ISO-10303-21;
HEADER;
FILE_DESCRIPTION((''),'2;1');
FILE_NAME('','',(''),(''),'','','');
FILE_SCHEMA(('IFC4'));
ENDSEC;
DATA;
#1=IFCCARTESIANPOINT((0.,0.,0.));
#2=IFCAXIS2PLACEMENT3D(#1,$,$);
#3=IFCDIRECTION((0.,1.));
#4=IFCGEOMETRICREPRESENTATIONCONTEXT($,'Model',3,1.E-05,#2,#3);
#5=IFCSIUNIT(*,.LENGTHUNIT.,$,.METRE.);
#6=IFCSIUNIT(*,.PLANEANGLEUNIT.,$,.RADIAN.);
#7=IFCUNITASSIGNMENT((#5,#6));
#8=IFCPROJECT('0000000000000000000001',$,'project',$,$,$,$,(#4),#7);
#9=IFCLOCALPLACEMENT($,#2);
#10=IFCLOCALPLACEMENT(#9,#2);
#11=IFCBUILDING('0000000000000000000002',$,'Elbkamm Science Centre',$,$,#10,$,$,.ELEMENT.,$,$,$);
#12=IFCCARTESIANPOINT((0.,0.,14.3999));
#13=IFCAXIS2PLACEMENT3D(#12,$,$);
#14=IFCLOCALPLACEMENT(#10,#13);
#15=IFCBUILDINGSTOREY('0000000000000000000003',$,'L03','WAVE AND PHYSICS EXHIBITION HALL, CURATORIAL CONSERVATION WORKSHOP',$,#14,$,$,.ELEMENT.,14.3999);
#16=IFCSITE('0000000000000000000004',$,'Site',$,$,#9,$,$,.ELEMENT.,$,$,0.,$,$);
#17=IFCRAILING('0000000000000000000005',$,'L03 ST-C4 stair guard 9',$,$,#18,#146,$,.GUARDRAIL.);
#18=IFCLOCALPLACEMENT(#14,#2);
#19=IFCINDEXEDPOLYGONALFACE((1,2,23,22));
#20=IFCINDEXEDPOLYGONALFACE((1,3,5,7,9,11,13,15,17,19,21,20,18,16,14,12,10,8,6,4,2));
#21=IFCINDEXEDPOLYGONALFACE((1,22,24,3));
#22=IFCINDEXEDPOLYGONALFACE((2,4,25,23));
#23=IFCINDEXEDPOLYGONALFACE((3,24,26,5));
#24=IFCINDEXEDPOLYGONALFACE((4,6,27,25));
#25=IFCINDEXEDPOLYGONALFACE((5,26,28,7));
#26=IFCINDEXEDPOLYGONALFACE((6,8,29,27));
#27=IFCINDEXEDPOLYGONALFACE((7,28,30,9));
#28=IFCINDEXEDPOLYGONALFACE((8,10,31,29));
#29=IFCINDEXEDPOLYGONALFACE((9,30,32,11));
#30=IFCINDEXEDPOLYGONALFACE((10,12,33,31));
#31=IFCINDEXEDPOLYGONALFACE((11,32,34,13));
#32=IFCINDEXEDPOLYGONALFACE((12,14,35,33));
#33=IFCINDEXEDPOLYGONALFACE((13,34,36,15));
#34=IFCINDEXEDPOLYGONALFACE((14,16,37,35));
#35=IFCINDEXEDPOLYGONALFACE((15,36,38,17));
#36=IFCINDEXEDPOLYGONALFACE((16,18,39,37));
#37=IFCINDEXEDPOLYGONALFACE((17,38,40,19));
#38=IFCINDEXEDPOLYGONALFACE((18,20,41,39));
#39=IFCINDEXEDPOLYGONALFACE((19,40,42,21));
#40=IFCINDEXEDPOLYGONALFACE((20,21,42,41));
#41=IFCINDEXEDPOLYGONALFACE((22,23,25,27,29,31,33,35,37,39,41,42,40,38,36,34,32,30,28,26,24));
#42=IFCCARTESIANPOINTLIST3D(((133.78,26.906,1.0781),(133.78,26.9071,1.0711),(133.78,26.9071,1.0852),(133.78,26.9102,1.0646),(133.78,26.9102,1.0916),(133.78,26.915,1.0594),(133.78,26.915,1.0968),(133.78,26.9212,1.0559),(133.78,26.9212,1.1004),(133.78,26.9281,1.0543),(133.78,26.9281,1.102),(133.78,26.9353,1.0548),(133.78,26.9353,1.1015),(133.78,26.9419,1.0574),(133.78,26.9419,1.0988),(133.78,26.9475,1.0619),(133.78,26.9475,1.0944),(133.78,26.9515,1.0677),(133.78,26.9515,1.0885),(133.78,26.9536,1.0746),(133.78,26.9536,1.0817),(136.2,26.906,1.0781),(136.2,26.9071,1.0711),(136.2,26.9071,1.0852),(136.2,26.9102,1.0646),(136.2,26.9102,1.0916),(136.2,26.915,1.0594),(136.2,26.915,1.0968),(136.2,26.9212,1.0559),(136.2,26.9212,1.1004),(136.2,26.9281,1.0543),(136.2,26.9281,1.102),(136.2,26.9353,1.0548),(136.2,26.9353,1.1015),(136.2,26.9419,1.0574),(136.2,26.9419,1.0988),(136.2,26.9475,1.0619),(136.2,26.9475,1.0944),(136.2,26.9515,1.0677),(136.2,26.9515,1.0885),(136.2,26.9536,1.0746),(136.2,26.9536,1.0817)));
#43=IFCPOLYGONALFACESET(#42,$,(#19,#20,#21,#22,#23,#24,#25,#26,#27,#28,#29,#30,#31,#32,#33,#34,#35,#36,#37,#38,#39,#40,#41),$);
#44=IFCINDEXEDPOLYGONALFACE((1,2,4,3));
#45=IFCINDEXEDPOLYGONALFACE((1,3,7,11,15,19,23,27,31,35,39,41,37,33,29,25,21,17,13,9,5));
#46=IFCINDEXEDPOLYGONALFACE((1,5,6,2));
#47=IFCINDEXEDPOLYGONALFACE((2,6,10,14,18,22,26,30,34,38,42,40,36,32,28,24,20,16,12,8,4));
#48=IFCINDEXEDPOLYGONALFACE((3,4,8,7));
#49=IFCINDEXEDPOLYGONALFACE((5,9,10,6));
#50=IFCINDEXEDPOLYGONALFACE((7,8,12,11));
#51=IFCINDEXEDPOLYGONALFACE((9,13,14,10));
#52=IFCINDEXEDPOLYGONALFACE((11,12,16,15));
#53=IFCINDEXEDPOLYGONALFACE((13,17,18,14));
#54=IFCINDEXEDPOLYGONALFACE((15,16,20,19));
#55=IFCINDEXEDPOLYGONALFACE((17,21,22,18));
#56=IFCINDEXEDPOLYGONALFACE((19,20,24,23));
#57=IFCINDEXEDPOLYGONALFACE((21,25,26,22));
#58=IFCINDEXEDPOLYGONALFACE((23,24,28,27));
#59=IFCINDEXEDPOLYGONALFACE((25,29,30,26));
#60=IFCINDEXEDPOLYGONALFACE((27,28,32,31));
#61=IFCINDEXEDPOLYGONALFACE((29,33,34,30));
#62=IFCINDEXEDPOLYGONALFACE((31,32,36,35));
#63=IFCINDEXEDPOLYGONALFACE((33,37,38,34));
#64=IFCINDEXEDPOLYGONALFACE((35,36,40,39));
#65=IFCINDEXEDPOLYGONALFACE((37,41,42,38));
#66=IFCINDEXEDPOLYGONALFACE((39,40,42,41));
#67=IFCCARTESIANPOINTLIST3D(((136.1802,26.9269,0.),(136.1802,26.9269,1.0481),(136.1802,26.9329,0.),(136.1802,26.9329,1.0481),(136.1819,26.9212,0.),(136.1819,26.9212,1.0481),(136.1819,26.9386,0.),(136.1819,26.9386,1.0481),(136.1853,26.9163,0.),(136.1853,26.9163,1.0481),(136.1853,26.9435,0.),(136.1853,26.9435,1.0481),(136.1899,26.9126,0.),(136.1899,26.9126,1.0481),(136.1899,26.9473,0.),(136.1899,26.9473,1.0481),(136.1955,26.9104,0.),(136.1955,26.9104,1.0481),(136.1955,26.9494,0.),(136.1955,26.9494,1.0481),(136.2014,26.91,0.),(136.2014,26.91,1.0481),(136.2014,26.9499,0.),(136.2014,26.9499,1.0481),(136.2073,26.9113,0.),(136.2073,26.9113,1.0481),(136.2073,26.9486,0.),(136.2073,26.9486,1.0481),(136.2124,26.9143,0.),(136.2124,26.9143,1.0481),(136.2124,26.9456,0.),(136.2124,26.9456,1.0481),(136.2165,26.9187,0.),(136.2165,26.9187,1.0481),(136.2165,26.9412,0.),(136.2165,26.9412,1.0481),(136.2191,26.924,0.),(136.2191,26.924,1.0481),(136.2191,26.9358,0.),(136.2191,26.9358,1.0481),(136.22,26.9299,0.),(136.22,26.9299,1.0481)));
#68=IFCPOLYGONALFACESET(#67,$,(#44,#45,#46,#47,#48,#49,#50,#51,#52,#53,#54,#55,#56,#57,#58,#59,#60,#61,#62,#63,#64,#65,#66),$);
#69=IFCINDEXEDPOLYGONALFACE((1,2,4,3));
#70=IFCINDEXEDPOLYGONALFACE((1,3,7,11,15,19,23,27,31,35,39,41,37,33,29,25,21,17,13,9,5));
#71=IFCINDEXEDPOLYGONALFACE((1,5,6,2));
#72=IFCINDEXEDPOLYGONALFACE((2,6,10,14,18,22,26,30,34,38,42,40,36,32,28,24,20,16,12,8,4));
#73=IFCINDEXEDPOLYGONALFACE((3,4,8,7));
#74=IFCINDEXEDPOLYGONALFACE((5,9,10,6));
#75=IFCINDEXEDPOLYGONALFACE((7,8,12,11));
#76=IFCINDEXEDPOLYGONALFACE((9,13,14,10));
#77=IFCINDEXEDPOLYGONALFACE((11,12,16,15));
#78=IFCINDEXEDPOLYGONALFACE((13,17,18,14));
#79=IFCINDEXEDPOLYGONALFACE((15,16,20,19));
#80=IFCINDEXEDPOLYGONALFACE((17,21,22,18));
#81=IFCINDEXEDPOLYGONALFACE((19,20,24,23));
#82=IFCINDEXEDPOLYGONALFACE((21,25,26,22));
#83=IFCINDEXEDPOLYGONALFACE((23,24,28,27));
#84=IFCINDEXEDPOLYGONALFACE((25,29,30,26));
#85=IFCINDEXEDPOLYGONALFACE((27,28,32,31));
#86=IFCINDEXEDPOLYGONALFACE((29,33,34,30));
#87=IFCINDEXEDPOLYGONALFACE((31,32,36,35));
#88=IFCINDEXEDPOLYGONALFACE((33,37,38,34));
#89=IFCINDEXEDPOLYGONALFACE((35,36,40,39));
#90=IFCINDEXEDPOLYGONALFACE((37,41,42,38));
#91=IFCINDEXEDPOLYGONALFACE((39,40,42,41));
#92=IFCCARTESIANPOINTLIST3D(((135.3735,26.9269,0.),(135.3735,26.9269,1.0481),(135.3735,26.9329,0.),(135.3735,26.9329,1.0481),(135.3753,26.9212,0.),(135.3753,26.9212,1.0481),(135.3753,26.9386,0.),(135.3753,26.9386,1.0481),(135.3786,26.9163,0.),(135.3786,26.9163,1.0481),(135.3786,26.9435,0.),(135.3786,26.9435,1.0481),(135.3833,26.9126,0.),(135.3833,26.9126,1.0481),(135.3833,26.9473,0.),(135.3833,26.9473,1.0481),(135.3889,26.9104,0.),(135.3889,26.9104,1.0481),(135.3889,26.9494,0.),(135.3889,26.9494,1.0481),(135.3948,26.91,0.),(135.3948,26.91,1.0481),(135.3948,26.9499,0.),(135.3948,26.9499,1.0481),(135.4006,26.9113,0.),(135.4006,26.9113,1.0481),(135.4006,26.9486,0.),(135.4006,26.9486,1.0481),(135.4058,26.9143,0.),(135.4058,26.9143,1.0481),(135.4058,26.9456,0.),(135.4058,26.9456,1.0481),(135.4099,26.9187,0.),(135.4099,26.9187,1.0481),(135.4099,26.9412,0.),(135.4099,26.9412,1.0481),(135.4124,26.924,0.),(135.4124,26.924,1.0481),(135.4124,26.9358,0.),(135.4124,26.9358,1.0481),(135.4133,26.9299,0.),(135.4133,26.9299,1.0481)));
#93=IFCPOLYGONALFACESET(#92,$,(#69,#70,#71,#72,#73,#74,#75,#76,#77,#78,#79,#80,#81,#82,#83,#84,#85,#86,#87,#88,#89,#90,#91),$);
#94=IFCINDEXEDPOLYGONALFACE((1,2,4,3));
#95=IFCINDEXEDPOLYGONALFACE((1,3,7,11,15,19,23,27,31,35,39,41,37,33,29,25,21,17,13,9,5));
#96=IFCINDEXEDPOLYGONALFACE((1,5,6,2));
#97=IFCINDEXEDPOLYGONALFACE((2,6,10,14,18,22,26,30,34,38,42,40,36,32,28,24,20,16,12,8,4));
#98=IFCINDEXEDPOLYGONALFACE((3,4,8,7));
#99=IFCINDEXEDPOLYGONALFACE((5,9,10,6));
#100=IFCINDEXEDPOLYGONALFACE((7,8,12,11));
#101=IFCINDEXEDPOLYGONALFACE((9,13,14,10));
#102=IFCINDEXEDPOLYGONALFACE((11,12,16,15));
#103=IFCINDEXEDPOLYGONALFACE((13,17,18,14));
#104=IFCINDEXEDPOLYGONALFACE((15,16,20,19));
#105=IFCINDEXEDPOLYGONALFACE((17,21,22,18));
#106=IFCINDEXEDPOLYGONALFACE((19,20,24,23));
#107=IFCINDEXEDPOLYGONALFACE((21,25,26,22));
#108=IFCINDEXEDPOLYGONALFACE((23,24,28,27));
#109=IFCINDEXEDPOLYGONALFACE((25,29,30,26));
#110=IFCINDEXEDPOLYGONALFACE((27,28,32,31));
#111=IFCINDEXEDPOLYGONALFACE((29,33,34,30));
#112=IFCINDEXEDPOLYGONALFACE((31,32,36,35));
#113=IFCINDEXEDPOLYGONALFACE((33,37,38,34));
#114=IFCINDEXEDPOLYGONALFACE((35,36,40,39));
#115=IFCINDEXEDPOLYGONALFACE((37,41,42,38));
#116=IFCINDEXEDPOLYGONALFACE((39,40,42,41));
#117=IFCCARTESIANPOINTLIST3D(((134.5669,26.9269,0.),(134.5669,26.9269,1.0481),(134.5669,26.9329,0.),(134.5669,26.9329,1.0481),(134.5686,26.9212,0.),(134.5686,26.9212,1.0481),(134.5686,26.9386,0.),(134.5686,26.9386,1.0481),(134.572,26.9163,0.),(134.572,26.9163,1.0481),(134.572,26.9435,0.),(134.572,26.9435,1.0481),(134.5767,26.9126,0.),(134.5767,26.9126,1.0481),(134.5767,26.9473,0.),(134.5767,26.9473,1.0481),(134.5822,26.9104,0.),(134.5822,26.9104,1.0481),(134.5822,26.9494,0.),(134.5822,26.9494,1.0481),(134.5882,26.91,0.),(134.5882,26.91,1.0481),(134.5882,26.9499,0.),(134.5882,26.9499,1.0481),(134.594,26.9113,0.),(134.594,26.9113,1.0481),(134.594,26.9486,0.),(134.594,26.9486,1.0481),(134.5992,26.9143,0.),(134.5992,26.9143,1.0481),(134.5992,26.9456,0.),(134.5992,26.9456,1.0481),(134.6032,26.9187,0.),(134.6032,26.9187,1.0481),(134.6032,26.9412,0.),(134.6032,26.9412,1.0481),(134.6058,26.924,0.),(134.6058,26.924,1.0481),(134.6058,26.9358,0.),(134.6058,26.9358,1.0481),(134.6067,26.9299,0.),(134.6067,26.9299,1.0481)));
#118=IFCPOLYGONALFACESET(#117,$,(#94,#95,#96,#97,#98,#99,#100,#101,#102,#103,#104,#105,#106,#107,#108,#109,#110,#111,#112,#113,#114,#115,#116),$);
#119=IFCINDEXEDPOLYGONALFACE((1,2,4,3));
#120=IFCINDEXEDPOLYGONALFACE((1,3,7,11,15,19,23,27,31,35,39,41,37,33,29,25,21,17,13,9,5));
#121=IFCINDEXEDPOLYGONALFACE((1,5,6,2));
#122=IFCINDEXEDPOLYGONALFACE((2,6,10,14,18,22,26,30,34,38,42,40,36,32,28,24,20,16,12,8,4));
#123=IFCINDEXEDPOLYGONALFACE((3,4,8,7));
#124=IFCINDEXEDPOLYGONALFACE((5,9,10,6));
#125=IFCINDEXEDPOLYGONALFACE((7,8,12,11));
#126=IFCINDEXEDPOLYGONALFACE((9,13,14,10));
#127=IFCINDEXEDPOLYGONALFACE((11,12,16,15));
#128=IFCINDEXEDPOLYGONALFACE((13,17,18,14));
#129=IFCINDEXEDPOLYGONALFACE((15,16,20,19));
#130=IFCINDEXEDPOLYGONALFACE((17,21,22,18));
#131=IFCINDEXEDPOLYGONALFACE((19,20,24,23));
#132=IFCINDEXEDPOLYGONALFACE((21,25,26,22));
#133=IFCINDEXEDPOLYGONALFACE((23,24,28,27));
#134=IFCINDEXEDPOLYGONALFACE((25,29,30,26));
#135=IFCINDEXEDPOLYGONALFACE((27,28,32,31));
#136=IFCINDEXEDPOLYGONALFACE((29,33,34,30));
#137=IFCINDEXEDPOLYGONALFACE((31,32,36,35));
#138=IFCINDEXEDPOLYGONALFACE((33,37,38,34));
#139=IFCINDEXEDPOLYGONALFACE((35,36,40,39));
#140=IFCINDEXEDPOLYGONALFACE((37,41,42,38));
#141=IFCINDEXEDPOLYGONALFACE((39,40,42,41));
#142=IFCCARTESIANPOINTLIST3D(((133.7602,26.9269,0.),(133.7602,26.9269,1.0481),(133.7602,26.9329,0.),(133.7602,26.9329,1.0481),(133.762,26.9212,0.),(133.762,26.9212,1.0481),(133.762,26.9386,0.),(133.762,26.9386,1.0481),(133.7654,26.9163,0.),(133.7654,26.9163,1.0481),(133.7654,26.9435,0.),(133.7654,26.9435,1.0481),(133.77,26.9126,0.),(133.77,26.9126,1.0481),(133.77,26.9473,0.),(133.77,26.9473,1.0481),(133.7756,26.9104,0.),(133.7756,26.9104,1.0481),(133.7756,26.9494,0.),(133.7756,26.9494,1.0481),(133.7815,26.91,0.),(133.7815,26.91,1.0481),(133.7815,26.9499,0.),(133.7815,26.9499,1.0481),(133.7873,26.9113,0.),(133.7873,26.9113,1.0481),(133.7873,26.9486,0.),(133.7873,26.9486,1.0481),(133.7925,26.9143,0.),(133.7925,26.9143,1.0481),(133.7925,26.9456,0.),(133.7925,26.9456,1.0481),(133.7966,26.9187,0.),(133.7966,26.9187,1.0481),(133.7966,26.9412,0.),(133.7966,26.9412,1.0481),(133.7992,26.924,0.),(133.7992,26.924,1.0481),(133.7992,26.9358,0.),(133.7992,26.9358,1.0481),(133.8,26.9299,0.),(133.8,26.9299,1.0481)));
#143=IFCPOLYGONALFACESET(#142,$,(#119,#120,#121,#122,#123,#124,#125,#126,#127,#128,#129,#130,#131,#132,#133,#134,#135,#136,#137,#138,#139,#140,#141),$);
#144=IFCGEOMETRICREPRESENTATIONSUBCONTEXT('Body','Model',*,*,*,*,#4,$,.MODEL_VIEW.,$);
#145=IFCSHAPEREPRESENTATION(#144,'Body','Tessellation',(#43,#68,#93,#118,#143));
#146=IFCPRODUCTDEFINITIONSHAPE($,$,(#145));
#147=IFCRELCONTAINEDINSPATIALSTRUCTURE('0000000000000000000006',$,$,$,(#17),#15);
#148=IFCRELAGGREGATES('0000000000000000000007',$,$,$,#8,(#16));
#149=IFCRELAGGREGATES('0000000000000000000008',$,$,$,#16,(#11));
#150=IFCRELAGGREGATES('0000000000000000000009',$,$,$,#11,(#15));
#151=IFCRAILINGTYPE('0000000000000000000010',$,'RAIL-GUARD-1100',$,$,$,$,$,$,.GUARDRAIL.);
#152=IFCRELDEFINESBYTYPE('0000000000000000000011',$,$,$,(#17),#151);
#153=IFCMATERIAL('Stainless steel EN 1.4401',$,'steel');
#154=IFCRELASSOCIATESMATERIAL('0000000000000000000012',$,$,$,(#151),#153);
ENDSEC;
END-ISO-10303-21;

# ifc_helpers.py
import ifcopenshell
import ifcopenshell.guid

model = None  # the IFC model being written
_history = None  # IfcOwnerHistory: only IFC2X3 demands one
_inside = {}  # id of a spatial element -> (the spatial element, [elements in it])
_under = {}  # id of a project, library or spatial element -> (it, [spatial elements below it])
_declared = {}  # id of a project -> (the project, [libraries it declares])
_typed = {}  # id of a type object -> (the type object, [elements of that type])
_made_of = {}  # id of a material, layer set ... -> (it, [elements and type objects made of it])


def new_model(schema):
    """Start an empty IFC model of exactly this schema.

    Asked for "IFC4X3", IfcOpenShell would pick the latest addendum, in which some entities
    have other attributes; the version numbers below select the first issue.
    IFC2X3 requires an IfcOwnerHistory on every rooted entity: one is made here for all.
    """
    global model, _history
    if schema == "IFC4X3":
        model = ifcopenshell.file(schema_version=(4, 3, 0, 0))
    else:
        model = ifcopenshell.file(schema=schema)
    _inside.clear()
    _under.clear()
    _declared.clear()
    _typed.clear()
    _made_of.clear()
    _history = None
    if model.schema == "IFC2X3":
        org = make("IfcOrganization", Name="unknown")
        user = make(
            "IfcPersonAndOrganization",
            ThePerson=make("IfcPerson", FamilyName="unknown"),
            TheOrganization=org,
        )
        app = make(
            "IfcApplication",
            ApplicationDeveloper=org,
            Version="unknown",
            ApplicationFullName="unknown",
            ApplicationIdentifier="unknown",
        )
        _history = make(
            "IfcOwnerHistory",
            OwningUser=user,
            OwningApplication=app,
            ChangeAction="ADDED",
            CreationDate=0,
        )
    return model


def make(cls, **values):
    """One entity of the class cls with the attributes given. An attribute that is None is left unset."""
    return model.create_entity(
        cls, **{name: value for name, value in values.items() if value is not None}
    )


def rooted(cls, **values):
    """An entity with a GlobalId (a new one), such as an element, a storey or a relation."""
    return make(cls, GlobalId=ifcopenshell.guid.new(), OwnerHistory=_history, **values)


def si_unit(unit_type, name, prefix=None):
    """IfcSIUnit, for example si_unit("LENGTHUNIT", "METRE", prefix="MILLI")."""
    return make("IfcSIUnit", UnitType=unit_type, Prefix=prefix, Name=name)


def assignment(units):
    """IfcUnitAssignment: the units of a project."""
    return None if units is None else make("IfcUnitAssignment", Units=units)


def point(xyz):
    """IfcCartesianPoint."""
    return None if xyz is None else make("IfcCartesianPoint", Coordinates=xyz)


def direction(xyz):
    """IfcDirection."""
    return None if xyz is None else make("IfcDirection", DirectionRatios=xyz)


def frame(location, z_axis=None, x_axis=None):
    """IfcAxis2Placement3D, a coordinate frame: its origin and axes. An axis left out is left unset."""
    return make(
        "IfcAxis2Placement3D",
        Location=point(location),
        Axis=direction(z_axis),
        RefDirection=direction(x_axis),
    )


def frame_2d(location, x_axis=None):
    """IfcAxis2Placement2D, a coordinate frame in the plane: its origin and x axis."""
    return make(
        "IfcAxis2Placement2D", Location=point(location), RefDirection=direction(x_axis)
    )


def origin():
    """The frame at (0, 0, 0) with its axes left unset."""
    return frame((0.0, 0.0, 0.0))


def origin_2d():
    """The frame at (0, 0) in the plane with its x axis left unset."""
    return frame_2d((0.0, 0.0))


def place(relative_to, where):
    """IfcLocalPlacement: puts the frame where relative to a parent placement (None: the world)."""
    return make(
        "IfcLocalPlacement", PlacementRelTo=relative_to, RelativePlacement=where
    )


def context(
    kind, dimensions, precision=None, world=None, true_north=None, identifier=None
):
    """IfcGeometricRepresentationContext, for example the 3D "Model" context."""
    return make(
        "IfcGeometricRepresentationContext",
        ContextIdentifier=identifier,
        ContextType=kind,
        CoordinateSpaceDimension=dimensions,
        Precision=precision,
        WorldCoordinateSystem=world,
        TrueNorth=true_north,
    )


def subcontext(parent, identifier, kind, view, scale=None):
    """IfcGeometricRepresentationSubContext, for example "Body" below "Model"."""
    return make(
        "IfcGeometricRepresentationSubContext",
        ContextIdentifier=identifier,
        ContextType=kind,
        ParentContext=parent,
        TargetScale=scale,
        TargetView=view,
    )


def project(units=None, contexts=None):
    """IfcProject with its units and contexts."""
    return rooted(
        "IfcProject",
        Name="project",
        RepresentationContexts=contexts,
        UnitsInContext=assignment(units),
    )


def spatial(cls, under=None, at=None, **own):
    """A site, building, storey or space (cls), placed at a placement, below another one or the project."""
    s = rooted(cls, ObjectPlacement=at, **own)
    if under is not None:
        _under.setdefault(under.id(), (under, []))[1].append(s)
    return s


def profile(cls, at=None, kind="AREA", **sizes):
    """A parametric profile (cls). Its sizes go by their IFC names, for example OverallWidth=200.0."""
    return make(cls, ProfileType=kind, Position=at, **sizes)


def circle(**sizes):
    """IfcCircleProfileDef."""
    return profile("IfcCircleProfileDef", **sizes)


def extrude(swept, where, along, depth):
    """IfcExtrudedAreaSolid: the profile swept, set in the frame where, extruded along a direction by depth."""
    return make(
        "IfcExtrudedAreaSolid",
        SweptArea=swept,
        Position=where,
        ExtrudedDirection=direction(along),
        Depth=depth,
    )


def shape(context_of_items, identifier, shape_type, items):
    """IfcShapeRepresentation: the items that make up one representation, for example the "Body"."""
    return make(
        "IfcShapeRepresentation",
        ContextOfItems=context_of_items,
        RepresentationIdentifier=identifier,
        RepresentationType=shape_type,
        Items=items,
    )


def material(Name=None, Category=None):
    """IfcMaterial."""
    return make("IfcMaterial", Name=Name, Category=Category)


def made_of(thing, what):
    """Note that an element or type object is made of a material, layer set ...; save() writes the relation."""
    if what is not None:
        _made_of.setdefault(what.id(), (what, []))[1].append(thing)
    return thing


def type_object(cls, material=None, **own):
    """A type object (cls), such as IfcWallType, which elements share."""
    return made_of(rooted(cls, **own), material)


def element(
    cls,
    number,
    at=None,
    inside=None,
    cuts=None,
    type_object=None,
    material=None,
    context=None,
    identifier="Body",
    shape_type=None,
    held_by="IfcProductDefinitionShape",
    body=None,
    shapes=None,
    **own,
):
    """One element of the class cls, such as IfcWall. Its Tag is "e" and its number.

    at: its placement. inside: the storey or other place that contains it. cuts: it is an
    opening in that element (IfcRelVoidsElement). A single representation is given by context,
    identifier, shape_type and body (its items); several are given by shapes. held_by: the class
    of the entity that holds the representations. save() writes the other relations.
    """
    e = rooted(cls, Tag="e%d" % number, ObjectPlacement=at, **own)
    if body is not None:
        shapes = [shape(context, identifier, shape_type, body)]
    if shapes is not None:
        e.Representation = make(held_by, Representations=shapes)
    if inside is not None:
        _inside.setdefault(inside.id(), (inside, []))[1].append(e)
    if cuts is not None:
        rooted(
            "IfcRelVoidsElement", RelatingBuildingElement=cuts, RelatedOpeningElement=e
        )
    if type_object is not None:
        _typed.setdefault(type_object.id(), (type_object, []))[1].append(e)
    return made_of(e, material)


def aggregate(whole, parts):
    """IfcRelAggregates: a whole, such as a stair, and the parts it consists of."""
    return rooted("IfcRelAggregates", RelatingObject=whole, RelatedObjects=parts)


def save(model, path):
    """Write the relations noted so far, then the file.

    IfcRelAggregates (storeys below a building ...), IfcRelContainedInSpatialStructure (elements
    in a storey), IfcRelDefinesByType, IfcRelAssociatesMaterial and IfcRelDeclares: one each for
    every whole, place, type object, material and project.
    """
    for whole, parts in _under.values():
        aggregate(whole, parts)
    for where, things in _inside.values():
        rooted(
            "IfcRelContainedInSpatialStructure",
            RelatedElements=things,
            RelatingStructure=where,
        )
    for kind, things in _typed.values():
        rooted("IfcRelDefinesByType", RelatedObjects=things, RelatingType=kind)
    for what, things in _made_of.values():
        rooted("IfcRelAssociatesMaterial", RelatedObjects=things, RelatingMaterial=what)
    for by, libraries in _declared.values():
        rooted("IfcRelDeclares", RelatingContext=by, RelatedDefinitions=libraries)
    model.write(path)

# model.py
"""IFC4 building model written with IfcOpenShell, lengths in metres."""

from ifc_helpers import new_model, si_unit, direction, frame, origin, origin_2d, place, context, subcontext, project, spatial, circle, extrude, material, type_object, element, save


model = new_model("IFC4")

# Units and contexts
model_context = context("Model", 3, precision=1e-05, world=origin(), true_north=direction((0.0, 1.0)))
body_context = subcontext(model_context, "Body", "Model", "MODEL_VIEW")
ifc_project = project(units=[si_unit("LENGTHUNIT", "METRE"), si_unit("PLANEANGLEUNIT", "RADIAN")], contexts=[model_context])

# Site, building, storey
site_placement = place(None, origin())
site = spatial("IfcSite", under=ifc_project, at=site_placement, Name="Site", CompositionType="ELEMENT", RefElevation=0.0)
building_placement = place(site_placement, origin())
building = spatial("IfcBuilding", under=site, at=building_placement, Name="Elbkamm Science Centre", CompositionType="ELEMENT")
storey_placement = place(building_placement, frame((0.0, 0.0, 14.3999)))
storey = spatial("IfcBuildingStorey", under=building, at=storey_placement, Name="L03", Description="WAVE AND PHYSICS EXHIBITION HALL, CURATORIAL CONSERVATION WORKSHOP", CompositionType="ELEMENT", Elevation=14.3999)

# Railing
ifc_material_1 = material(Name="Stainless steel EN 1.4401", Category="steel")
railing_type = type_object("IfcRailingType", Name="RAIL-GUARD-1100", PredefinedType="GUARDRAIL", material=ifc_material_1)
for number, where, name in (
    (1, (136.2, 26.9299, 0.0), "L03 ST-C4 stair guard 9"),
):
    element("IfcRailing", number, at=place(storey_placement, frame(where)), inside=storey, type_object=railing_type, Name=name, PredefinedType="GUARDRAIL", context=body_context, shape_type="SweptSolid", body=[
        extrude(circle(Radius=0.0239, at=origin_2d()), frame((0.0, 0.0, 1.0781), z_axis=(-1.0, 0.0, 0.0), x_axis=(0.0, -1.0, 0.0)), (0.0, 0.0, 1.0), 2.4199),
        extrude(circle(Radius=0.02, at=origin_2d()), origin(), (0.0, 0.0, 1.0), 1.0481),
        extrude(circle(Radius=0.02, at=origin_2d()), frame((-0.8066, 0.0, 0.0)), (0.0, 0.0, 1.0), 1.0481),
        extrude(circle(Radius=0.02, at=origin_2d()), frame((-1.6133, 0.0, 0.0)), (0.0, 0.0, 1.0), 1.0481),
        extrude(circle(Radius=0.02, at=origin_2d()), frame((-2.4199, 0.0, 0.0)), (0.0, 0.0, 1.0), 1.0481),
    ])

save(model, "model.ifc")
